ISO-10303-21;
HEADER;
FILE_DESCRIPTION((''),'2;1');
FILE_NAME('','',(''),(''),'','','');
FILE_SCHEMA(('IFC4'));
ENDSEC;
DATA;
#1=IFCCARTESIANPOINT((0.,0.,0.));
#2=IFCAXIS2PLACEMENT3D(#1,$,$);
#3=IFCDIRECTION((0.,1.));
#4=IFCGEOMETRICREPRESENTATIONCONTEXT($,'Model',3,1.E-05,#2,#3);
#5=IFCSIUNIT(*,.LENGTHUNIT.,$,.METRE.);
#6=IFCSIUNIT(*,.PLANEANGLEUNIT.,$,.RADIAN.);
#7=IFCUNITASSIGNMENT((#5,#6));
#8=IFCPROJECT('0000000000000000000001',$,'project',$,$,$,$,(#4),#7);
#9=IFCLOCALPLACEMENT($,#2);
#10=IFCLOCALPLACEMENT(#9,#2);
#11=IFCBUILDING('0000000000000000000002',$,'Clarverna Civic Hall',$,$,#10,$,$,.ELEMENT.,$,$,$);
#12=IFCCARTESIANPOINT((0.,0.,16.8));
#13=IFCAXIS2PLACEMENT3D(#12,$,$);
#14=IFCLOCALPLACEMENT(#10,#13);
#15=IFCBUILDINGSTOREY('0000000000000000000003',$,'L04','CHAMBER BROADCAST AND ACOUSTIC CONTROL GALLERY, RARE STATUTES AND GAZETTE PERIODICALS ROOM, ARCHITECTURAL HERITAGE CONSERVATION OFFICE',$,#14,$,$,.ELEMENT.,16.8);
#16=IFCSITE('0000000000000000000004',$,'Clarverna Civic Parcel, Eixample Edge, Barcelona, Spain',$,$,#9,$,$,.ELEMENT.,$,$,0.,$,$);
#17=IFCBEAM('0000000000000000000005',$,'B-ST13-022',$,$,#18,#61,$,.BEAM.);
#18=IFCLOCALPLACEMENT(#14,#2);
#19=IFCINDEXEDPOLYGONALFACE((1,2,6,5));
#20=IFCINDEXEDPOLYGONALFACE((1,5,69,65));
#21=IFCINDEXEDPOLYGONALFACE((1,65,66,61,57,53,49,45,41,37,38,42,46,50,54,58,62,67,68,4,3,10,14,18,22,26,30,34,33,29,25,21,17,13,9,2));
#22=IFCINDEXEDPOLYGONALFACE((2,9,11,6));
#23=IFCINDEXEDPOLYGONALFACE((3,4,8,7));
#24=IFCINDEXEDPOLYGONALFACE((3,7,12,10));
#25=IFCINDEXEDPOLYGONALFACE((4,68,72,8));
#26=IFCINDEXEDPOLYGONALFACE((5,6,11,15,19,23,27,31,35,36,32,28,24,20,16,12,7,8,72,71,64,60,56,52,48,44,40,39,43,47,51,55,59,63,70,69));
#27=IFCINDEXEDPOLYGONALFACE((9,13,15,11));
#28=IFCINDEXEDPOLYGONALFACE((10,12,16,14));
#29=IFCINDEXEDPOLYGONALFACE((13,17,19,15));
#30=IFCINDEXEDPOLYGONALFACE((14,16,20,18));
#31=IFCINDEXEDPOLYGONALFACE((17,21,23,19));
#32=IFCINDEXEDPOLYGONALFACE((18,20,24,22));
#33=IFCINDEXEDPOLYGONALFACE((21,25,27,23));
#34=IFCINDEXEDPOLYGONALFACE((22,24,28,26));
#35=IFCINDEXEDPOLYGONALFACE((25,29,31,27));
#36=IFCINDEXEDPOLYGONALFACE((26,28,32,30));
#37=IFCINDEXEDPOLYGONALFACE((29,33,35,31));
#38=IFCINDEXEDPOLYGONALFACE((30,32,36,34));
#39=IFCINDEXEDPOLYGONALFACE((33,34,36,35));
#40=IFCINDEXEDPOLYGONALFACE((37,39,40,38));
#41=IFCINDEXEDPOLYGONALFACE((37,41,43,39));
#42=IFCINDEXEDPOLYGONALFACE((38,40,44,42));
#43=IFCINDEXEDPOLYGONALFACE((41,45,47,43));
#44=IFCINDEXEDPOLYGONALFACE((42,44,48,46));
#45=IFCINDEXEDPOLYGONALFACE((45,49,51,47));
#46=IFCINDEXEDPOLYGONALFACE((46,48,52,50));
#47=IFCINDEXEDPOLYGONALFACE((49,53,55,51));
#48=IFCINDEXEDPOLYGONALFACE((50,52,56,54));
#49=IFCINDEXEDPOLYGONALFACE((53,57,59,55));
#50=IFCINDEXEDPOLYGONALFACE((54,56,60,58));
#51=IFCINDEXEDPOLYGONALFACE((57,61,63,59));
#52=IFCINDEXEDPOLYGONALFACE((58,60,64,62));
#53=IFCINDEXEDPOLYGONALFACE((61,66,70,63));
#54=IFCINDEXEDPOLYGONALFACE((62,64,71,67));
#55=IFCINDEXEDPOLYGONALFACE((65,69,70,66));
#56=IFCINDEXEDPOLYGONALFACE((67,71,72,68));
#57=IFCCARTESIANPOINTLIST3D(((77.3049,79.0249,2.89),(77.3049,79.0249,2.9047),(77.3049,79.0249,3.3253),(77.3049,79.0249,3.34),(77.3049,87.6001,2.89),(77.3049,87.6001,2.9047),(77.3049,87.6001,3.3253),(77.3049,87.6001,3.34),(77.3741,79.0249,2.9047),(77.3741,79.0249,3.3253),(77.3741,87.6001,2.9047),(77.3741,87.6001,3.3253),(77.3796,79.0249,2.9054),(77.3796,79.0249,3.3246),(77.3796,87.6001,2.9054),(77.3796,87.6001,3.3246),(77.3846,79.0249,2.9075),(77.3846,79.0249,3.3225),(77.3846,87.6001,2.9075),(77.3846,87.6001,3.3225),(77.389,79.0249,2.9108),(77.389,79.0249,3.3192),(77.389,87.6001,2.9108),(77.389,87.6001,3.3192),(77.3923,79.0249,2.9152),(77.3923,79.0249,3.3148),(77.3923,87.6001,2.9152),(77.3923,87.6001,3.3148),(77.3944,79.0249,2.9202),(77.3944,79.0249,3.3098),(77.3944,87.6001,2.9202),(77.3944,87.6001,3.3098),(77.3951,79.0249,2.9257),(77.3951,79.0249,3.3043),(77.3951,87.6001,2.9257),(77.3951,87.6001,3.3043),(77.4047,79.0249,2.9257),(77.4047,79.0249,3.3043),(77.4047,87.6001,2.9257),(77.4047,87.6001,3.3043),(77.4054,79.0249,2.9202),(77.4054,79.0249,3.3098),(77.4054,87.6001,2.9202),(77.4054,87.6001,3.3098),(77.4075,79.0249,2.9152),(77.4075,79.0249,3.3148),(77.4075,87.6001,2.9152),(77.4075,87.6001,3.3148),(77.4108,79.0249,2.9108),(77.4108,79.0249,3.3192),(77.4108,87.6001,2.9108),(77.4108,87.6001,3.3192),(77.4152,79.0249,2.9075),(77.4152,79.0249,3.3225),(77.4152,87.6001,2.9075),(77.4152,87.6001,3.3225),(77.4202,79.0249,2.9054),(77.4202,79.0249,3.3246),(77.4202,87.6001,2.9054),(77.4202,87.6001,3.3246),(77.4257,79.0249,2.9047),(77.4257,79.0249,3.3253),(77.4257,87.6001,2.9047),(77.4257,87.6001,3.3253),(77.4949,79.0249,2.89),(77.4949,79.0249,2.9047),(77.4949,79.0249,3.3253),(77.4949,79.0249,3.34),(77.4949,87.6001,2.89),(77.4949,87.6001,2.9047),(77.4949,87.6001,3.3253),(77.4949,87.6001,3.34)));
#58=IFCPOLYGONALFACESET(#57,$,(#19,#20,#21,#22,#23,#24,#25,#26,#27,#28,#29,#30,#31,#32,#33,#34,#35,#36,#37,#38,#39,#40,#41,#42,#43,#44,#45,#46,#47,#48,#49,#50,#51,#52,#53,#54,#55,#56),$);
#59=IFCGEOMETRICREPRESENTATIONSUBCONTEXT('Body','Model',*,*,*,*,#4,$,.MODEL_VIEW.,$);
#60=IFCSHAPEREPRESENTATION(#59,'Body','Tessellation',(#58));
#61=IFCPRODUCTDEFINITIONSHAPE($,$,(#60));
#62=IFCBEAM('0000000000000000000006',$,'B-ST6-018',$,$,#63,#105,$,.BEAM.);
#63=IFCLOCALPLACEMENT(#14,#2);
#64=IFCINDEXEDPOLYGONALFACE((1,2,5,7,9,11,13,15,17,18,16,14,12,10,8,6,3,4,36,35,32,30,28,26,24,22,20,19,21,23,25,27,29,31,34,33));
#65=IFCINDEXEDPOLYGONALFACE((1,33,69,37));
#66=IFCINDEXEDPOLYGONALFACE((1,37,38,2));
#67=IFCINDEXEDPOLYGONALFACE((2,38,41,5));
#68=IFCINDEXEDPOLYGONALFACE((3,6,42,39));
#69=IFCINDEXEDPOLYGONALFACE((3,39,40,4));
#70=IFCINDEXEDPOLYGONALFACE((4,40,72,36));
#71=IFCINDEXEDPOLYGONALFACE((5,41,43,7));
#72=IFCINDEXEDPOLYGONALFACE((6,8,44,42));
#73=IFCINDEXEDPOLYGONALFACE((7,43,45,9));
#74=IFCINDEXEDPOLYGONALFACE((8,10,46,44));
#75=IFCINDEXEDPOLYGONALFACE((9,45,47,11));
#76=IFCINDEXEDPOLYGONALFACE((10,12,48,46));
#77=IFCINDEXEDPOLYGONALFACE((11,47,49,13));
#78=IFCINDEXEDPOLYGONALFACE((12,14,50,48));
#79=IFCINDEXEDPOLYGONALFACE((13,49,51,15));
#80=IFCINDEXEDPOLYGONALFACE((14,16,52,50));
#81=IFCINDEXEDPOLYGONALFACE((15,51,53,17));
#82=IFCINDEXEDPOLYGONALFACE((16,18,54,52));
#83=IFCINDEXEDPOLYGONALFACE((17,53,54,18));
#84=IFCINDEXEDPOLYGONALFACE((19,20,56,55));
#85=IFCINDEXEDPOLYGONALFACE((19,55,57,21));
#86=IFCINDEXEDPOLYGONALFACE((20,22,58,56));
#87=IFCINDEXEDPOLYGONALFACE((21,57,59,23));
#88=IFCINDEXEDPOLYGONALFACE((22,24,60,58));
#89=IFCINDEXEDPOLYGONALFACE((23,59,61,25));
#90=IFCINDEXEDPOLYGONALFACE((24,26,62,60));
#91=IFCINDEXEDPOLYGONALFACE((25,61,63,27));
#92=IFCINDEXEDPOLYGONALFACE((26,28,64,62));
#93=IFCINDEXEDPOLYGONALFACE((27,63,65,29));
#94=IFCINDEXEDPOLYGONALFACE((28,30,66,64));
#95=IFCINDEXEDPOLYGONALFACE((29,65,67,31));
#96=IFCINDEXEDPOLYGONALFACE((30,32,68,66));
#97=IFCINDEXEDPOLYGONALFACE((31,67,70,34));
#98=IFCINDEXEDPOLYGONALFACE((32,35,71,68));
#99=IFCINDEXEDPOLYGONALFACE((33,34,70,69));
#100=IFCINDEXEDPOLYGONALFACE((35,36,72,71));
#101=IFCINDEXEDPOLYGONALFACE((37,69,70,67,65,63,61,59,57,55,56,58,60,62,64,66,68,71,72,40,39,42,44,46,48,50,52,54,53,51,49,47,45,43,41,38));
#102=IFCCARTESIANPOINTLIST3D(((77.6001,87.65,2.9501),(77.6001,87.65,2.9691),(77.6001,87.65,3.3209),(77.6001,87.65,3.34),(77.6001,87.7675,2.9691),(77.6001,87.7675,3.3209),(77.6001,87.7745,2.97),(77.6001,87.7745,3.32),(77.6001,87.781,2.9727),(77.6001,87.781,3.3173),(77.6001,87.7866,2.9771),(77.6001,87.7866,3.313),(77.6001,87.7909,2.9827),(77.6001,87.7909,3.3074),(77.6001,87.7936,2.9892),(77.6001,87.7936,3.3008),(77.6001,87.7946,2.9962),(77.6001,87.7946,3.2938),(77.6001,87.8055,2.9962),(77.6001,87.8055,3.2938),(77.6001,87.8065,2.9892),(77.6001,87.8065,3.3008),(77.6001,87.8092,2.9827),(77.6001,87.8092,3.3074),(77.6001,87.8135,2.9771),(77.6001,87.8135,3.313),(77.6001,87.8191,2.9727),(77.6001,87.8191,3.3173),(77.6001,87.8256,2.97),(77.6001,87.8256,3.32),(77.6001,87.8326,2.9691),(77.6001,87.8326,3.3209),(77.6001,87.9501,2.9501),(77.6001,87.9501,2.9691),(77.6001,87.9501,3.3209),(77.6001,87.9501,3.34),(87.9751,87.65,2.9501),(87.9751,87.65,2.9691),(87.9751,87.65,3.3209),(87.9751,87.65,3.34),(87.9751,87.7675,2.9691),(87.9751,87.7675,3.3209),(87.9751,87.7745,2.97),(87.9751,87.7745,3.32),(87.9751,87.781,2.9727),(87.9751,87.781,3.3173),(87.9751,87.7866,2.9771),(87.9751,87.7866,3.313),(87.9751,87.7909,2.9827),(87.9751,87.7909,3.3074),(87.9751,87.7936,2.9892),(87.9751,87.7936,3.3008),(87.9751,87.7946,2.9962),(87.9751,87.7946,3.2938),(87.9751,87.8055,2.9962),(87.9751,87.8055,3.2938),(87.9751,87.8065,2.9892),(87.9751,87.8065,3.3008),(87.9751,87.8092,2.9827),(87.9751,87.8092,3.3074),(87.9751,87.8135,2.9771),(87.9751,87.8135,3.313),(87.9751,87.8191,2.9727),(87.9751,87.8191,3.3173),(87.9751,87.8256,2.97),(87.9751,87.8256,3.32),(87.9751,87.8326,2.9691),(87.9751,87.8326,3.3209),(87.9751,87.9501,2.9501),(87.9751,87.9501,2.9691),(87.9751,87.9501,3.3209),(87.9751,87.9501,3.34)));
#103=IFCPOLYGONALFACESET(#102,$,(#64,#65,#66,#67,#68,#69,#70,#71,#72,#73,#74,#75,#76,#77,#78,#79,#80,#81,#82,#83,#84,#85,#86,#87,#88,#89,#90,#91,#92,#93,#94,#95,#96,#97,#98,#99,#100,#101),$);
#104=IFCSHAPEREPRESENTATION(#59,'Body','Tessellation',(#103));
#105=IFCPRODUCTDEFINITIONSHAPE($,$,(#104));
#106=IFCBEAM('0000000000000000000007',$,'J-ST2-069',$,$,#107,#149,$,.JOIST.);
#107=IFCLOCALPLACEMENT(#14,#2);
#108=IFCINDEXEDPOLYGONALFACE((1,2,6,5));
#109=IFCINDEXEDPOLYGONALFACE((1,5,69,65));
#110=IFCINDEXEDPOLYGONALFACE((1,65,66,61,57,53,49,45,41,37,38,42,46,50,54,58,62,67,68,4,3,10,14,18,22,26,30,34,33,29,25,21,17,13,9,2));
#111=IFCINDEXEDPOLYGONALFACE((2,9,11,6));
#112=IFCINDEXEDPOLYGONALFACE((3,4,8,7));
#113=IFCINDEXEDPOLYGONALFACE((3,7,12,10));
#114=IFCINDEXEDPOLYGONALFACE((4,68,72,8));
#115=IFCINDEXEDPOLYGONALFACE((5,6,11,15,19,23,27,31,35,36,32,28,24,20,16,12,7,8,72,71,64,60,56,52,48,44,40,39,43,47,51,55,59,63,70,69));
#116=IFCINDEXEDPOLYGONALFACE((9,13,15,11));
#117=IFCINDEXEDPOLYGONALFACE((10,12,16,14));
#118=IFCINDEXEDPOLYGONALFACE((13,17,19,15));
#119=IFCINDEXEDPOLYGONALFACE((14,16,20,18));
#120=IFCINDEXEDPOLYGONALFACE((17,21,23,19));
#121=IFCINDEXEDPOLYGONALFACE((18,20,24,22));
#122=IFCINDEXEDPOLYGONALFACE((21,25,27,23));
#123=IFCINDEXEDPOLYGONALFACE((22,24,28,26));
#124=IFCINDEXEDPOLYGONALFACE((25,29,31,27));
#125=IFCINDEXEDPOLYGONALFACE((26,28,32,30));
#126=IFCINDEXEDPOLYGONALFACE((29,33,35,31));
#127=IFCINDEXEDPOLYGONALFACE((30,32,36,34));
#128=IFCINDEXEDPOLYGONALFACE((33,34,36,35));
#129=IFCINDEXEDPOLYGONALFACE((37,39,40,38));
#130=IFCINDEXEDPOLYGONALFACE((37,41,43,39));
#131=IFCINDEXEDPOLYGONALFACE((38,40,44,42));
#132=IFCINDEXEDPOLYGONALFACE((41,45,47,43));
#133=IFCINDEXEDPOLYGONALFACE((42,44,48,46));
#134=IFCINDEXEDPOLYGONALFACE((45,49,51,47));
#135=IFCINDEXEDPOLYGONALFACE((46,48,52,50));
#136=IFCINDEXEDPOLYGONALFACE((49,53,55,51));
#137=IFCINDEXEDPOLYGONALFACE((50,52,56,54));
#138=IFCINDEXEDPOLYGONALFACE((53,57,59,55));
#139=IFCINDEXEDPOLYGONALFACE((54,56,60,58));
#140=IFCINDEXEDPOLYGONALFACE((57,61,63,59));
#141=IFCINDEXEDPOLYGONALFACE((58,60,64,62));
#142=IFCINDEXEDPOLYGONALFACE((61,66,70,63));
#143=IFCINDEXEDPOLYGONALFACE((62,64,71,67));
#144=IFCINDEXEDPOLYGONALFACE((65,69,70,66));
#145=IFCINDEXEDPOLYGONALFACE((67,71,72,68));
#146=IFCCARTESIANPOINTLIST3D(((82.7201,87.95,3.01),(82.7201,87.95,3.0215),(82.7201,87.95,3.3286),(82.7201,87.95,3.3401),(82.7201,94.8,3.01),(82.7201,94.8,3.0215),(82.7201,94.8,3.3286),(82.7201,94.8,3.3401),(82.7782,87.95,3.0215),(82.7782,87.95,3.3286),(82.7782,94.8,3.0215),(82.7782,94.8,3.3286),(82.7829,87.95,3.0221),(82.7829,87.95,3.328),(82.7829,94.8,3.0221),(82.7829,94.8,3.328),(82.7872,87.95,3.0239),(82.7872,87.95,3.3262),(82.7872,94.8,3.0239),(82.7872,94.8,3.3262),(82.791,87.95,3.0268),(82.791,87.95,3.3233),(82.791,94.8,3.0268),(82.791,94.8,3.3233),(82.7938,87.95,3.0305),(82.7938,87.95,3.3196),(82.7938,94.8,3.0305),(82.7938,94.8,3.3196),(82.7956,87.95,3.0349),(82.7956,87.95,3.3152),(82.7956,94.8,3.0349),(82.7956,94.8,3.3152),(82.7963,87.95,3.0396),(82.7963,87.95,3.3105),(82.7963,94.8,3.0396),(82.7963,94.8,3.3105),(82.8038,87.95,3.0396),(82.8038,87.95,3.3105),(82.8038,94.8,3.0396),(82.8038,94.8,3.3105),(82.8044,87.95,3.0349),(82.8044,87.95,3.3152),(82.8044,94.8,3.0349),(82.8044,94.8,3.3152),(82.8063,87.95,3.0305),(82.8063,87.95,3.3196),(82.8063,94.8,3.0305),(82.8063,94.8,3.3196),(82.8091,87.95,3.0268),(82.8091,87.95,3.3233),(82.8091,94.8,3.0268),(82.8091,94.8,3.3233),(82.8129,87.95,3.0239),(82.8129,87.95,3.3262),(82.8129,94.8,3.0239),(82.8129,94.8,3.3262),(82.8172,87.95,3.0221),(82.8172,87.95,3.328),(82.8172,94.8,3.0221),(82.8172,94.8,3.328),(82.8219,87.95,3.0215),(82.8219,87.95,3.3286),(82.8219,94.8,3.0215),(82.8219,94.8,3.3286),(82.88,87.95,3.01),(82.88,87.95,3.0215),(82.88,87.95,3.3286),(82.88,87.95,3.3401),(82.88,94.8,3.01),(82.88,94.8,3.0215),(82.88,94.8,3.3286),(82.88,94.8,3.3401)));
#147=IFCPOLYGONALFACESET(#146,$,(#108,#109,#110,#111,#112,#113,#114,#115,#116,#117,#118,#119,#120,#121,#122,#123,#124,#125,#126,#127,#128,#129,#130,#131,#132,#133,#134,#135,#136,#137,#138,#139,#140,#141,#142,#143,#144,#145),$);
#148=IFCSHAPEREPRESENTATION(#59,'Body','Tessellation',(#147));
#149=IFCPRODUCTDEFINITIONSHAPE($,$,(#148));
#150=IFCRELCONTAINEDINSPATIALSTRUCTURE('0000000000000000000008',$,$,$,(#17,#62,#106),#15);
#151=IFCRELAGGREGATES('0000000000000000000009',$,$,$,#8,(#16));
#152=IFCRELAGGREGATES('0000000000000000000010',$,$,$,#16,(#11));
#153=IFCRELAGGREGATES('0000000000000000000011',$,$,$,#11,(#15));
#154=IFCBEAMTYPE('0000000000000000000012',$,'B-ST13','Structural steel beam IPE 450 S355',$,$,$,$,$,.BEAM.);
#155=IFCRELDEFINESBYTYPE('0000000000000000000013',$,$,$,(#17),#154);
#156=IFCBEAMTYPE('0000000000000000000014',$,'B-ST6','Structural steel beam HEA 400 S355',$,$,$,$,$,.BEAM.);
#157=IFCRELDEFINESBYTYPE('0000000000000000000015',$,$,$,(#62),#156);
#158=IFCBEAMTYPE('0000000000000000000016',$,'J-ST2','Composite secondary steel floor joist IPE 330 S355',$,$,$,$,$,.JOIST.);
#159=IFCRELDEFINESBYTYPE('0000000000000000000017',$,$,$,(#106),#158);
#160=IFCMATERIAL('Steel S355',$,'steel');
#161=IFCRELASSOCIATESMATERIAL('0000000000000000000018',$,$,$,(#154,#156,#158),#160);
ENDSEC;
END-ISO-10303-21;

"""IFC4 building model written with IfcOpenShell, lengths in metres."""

from ifc_helpers import new_model, si_unit, direction, frame, origin, origin_2d, place, context, subcontext, project, spatial, i_section, extrude, material, material_profile, profile_set, type_object, element, save


model = new_model("IFC4")

# Units and contexts
model_context = context("Model", 3, precision=1e-05, world=origin(), true_north=direction((0.0, 1.0)))
body_context = subcontext(model_context, "Body", "Model", "MODEL_VIEW")
ifc_project = project(units=[si_unit("LENGTHUNIT", "METRE"), si_unit("PLANEANGLEUNIT", "RADIAN")], contexts=[model_context])

# Site, building, storey
site_placement = place(None, origin())
site = spatial("IfcSite", under=ifc_project, at=site_placement, Name="Clarverna Civic Parcel, Eixample Edge, Barcelona, Spain", CompositionType="ELEMENT", RefElevation=0.0)
building_placement = place(site_placement, origin())
building = spatial("IfcBuilding", under=site, at=building_placement, Name="Clarverna Civic Hall", CompositionType="ELEMENT")
storey_placement = place(building_placement, frame((0.0, 0.0, 16.8)))
storey = spatial("IfcBuildingStorey", under=building, at=storey_placement, Name="L04", Description="CHAMBER BROADCAST AND ACOUSTIC CONTROL GALLERY, RARE STATUTES AND GAZETTE PERIODICALS ROOM, ARCHITECTURAL HERITAGE CONSERVATION OFFICE", CompositionType="ELEMENT", Elevation=16.8)

# Beams
ifc_material_1 = material(Name="Steel S355", Category="steel")
ifc_material_profile_1 = material_profile(ifc_material_1, i_section(OverallWidth=0.1899, OverallDepth=0.45, WebThickness=0.0095, FlangeThickness=0.0146, FilletRadius=0.021, at=origin_2d()), Name="IPE 450")
ifc_profile_set_1 = profile_set([ifc_material_profile_1], Name="Steel S355")
beam_type_1 = type_object("IfcBeamType", Name="B-ST13", Description="Structural steel beam IPE 450 S355", PredefinedType="BEAM", material=ifc_profile_set_1)
beam_1_placement = place(storey_placement, frame((77.3999, 79.0249, 3.115), z_axis=(0.0, 1.0, 0.0), x_axis=(-1.0, 0.0, 0.0)))
element("IfcBeam", 1, at=beam_1_placement, inside=storey, type_object=beam_type_1, Name="B-ST13-022", PredefinedType="BEAM", context=body_context, shape_type="SweptSolid", body=[
    extrude(i_section(OverallWidth=0.1899, OverallDepth=0.45, WebThickness=0.0095, FlangeThickness=0.0146, FilletRadius=0.021, at=origin_2d()), origin(), (0.0, 0.0, 1.0), 8.5752),
])
ifc_material_profile_2 = material_profile(ifc_material_1, i_section(OverallWidth=0.3, OverallDepth=0.3899, WebThickness=0.011, FlangeThickness=0.019, FilletRadius=0.0271, at=origin_2d()), Name="HEA 400")
ifc_profile_set_2 = profile_set([ifc_material_profile_2], Name="Steel S355")
beam_type_2 = type_object("IfcBeamType", Name="B-ST6", Description="Structural steel beam HEA 400 S355", PredefinedType="BEAM", material=ifc_profile_set_2)
beam_2_placement = place(storey_placement, frame((77.6001, 87.8, 3.145), z_axis=(1.0, 0.0, 0.0), x_axis=(0.0, 1.0, 0.0)))
element("IfcBeam", 2, at=beam_2_placement, inside=storey, type_object=beam_type_2, Name="B-ST6-018", PredefinedType="BEAM", context=body_context, shape_type="SweptSolid", body=[
    extrude(i_section(OverallWidth=0.3, OverallDepth=0.3899, WebThickness=0.011, FlangeThickness=0.019, FilletRadius=0.0271, at=origin_2d()), origin(), (0.0, 0.0, 1.0), 10.375),
])
ifc_material_profile_3 = material_profile(ifc_material_1, i_section(OverallWidth=0.1599, OverallDepth=0.3301, WebThickness=0.0076, FlangeThickness=0.0115, FilletRadius=0.0181, at=origin_2d()), Name="IPE 330")
ifc_profile_set_3 = profile_set([ifc_material_profile_3], Name="Steel S355")
beam_type_3 = type_object("IfcBeamType", Name="J-ST2", Description="Composite secondary steel floor joist IPE 330 S355", PredefinedType="JOIST", material=ifc_profile_set_3)
beam_3_placement = place(storey_placement, frame((82.8, 87.95, 3.175), z_axis=(0.0, 1.0, 0.0), x_axis=(-1.0, 0.0, 0.0)))
element("IfcBeam", 3, at=beam_3_placement, inside=storey, type_object=beam_type_3, Name="J-ST2-069", PredefinedType="JOIST", context=body_context, shape_type="SweptSolid", body=[
    extrude(i_section(OverallWidth=0.1599, OverallDepth=0.3301, WebThickness=0.0076, FlangeThickness=0.0115, FilletRadius=0.0181, at=origin_2d()), origin(), (0.0, 0.0, 1.0), 6.8501),
])

save(model, "model.ifc")
